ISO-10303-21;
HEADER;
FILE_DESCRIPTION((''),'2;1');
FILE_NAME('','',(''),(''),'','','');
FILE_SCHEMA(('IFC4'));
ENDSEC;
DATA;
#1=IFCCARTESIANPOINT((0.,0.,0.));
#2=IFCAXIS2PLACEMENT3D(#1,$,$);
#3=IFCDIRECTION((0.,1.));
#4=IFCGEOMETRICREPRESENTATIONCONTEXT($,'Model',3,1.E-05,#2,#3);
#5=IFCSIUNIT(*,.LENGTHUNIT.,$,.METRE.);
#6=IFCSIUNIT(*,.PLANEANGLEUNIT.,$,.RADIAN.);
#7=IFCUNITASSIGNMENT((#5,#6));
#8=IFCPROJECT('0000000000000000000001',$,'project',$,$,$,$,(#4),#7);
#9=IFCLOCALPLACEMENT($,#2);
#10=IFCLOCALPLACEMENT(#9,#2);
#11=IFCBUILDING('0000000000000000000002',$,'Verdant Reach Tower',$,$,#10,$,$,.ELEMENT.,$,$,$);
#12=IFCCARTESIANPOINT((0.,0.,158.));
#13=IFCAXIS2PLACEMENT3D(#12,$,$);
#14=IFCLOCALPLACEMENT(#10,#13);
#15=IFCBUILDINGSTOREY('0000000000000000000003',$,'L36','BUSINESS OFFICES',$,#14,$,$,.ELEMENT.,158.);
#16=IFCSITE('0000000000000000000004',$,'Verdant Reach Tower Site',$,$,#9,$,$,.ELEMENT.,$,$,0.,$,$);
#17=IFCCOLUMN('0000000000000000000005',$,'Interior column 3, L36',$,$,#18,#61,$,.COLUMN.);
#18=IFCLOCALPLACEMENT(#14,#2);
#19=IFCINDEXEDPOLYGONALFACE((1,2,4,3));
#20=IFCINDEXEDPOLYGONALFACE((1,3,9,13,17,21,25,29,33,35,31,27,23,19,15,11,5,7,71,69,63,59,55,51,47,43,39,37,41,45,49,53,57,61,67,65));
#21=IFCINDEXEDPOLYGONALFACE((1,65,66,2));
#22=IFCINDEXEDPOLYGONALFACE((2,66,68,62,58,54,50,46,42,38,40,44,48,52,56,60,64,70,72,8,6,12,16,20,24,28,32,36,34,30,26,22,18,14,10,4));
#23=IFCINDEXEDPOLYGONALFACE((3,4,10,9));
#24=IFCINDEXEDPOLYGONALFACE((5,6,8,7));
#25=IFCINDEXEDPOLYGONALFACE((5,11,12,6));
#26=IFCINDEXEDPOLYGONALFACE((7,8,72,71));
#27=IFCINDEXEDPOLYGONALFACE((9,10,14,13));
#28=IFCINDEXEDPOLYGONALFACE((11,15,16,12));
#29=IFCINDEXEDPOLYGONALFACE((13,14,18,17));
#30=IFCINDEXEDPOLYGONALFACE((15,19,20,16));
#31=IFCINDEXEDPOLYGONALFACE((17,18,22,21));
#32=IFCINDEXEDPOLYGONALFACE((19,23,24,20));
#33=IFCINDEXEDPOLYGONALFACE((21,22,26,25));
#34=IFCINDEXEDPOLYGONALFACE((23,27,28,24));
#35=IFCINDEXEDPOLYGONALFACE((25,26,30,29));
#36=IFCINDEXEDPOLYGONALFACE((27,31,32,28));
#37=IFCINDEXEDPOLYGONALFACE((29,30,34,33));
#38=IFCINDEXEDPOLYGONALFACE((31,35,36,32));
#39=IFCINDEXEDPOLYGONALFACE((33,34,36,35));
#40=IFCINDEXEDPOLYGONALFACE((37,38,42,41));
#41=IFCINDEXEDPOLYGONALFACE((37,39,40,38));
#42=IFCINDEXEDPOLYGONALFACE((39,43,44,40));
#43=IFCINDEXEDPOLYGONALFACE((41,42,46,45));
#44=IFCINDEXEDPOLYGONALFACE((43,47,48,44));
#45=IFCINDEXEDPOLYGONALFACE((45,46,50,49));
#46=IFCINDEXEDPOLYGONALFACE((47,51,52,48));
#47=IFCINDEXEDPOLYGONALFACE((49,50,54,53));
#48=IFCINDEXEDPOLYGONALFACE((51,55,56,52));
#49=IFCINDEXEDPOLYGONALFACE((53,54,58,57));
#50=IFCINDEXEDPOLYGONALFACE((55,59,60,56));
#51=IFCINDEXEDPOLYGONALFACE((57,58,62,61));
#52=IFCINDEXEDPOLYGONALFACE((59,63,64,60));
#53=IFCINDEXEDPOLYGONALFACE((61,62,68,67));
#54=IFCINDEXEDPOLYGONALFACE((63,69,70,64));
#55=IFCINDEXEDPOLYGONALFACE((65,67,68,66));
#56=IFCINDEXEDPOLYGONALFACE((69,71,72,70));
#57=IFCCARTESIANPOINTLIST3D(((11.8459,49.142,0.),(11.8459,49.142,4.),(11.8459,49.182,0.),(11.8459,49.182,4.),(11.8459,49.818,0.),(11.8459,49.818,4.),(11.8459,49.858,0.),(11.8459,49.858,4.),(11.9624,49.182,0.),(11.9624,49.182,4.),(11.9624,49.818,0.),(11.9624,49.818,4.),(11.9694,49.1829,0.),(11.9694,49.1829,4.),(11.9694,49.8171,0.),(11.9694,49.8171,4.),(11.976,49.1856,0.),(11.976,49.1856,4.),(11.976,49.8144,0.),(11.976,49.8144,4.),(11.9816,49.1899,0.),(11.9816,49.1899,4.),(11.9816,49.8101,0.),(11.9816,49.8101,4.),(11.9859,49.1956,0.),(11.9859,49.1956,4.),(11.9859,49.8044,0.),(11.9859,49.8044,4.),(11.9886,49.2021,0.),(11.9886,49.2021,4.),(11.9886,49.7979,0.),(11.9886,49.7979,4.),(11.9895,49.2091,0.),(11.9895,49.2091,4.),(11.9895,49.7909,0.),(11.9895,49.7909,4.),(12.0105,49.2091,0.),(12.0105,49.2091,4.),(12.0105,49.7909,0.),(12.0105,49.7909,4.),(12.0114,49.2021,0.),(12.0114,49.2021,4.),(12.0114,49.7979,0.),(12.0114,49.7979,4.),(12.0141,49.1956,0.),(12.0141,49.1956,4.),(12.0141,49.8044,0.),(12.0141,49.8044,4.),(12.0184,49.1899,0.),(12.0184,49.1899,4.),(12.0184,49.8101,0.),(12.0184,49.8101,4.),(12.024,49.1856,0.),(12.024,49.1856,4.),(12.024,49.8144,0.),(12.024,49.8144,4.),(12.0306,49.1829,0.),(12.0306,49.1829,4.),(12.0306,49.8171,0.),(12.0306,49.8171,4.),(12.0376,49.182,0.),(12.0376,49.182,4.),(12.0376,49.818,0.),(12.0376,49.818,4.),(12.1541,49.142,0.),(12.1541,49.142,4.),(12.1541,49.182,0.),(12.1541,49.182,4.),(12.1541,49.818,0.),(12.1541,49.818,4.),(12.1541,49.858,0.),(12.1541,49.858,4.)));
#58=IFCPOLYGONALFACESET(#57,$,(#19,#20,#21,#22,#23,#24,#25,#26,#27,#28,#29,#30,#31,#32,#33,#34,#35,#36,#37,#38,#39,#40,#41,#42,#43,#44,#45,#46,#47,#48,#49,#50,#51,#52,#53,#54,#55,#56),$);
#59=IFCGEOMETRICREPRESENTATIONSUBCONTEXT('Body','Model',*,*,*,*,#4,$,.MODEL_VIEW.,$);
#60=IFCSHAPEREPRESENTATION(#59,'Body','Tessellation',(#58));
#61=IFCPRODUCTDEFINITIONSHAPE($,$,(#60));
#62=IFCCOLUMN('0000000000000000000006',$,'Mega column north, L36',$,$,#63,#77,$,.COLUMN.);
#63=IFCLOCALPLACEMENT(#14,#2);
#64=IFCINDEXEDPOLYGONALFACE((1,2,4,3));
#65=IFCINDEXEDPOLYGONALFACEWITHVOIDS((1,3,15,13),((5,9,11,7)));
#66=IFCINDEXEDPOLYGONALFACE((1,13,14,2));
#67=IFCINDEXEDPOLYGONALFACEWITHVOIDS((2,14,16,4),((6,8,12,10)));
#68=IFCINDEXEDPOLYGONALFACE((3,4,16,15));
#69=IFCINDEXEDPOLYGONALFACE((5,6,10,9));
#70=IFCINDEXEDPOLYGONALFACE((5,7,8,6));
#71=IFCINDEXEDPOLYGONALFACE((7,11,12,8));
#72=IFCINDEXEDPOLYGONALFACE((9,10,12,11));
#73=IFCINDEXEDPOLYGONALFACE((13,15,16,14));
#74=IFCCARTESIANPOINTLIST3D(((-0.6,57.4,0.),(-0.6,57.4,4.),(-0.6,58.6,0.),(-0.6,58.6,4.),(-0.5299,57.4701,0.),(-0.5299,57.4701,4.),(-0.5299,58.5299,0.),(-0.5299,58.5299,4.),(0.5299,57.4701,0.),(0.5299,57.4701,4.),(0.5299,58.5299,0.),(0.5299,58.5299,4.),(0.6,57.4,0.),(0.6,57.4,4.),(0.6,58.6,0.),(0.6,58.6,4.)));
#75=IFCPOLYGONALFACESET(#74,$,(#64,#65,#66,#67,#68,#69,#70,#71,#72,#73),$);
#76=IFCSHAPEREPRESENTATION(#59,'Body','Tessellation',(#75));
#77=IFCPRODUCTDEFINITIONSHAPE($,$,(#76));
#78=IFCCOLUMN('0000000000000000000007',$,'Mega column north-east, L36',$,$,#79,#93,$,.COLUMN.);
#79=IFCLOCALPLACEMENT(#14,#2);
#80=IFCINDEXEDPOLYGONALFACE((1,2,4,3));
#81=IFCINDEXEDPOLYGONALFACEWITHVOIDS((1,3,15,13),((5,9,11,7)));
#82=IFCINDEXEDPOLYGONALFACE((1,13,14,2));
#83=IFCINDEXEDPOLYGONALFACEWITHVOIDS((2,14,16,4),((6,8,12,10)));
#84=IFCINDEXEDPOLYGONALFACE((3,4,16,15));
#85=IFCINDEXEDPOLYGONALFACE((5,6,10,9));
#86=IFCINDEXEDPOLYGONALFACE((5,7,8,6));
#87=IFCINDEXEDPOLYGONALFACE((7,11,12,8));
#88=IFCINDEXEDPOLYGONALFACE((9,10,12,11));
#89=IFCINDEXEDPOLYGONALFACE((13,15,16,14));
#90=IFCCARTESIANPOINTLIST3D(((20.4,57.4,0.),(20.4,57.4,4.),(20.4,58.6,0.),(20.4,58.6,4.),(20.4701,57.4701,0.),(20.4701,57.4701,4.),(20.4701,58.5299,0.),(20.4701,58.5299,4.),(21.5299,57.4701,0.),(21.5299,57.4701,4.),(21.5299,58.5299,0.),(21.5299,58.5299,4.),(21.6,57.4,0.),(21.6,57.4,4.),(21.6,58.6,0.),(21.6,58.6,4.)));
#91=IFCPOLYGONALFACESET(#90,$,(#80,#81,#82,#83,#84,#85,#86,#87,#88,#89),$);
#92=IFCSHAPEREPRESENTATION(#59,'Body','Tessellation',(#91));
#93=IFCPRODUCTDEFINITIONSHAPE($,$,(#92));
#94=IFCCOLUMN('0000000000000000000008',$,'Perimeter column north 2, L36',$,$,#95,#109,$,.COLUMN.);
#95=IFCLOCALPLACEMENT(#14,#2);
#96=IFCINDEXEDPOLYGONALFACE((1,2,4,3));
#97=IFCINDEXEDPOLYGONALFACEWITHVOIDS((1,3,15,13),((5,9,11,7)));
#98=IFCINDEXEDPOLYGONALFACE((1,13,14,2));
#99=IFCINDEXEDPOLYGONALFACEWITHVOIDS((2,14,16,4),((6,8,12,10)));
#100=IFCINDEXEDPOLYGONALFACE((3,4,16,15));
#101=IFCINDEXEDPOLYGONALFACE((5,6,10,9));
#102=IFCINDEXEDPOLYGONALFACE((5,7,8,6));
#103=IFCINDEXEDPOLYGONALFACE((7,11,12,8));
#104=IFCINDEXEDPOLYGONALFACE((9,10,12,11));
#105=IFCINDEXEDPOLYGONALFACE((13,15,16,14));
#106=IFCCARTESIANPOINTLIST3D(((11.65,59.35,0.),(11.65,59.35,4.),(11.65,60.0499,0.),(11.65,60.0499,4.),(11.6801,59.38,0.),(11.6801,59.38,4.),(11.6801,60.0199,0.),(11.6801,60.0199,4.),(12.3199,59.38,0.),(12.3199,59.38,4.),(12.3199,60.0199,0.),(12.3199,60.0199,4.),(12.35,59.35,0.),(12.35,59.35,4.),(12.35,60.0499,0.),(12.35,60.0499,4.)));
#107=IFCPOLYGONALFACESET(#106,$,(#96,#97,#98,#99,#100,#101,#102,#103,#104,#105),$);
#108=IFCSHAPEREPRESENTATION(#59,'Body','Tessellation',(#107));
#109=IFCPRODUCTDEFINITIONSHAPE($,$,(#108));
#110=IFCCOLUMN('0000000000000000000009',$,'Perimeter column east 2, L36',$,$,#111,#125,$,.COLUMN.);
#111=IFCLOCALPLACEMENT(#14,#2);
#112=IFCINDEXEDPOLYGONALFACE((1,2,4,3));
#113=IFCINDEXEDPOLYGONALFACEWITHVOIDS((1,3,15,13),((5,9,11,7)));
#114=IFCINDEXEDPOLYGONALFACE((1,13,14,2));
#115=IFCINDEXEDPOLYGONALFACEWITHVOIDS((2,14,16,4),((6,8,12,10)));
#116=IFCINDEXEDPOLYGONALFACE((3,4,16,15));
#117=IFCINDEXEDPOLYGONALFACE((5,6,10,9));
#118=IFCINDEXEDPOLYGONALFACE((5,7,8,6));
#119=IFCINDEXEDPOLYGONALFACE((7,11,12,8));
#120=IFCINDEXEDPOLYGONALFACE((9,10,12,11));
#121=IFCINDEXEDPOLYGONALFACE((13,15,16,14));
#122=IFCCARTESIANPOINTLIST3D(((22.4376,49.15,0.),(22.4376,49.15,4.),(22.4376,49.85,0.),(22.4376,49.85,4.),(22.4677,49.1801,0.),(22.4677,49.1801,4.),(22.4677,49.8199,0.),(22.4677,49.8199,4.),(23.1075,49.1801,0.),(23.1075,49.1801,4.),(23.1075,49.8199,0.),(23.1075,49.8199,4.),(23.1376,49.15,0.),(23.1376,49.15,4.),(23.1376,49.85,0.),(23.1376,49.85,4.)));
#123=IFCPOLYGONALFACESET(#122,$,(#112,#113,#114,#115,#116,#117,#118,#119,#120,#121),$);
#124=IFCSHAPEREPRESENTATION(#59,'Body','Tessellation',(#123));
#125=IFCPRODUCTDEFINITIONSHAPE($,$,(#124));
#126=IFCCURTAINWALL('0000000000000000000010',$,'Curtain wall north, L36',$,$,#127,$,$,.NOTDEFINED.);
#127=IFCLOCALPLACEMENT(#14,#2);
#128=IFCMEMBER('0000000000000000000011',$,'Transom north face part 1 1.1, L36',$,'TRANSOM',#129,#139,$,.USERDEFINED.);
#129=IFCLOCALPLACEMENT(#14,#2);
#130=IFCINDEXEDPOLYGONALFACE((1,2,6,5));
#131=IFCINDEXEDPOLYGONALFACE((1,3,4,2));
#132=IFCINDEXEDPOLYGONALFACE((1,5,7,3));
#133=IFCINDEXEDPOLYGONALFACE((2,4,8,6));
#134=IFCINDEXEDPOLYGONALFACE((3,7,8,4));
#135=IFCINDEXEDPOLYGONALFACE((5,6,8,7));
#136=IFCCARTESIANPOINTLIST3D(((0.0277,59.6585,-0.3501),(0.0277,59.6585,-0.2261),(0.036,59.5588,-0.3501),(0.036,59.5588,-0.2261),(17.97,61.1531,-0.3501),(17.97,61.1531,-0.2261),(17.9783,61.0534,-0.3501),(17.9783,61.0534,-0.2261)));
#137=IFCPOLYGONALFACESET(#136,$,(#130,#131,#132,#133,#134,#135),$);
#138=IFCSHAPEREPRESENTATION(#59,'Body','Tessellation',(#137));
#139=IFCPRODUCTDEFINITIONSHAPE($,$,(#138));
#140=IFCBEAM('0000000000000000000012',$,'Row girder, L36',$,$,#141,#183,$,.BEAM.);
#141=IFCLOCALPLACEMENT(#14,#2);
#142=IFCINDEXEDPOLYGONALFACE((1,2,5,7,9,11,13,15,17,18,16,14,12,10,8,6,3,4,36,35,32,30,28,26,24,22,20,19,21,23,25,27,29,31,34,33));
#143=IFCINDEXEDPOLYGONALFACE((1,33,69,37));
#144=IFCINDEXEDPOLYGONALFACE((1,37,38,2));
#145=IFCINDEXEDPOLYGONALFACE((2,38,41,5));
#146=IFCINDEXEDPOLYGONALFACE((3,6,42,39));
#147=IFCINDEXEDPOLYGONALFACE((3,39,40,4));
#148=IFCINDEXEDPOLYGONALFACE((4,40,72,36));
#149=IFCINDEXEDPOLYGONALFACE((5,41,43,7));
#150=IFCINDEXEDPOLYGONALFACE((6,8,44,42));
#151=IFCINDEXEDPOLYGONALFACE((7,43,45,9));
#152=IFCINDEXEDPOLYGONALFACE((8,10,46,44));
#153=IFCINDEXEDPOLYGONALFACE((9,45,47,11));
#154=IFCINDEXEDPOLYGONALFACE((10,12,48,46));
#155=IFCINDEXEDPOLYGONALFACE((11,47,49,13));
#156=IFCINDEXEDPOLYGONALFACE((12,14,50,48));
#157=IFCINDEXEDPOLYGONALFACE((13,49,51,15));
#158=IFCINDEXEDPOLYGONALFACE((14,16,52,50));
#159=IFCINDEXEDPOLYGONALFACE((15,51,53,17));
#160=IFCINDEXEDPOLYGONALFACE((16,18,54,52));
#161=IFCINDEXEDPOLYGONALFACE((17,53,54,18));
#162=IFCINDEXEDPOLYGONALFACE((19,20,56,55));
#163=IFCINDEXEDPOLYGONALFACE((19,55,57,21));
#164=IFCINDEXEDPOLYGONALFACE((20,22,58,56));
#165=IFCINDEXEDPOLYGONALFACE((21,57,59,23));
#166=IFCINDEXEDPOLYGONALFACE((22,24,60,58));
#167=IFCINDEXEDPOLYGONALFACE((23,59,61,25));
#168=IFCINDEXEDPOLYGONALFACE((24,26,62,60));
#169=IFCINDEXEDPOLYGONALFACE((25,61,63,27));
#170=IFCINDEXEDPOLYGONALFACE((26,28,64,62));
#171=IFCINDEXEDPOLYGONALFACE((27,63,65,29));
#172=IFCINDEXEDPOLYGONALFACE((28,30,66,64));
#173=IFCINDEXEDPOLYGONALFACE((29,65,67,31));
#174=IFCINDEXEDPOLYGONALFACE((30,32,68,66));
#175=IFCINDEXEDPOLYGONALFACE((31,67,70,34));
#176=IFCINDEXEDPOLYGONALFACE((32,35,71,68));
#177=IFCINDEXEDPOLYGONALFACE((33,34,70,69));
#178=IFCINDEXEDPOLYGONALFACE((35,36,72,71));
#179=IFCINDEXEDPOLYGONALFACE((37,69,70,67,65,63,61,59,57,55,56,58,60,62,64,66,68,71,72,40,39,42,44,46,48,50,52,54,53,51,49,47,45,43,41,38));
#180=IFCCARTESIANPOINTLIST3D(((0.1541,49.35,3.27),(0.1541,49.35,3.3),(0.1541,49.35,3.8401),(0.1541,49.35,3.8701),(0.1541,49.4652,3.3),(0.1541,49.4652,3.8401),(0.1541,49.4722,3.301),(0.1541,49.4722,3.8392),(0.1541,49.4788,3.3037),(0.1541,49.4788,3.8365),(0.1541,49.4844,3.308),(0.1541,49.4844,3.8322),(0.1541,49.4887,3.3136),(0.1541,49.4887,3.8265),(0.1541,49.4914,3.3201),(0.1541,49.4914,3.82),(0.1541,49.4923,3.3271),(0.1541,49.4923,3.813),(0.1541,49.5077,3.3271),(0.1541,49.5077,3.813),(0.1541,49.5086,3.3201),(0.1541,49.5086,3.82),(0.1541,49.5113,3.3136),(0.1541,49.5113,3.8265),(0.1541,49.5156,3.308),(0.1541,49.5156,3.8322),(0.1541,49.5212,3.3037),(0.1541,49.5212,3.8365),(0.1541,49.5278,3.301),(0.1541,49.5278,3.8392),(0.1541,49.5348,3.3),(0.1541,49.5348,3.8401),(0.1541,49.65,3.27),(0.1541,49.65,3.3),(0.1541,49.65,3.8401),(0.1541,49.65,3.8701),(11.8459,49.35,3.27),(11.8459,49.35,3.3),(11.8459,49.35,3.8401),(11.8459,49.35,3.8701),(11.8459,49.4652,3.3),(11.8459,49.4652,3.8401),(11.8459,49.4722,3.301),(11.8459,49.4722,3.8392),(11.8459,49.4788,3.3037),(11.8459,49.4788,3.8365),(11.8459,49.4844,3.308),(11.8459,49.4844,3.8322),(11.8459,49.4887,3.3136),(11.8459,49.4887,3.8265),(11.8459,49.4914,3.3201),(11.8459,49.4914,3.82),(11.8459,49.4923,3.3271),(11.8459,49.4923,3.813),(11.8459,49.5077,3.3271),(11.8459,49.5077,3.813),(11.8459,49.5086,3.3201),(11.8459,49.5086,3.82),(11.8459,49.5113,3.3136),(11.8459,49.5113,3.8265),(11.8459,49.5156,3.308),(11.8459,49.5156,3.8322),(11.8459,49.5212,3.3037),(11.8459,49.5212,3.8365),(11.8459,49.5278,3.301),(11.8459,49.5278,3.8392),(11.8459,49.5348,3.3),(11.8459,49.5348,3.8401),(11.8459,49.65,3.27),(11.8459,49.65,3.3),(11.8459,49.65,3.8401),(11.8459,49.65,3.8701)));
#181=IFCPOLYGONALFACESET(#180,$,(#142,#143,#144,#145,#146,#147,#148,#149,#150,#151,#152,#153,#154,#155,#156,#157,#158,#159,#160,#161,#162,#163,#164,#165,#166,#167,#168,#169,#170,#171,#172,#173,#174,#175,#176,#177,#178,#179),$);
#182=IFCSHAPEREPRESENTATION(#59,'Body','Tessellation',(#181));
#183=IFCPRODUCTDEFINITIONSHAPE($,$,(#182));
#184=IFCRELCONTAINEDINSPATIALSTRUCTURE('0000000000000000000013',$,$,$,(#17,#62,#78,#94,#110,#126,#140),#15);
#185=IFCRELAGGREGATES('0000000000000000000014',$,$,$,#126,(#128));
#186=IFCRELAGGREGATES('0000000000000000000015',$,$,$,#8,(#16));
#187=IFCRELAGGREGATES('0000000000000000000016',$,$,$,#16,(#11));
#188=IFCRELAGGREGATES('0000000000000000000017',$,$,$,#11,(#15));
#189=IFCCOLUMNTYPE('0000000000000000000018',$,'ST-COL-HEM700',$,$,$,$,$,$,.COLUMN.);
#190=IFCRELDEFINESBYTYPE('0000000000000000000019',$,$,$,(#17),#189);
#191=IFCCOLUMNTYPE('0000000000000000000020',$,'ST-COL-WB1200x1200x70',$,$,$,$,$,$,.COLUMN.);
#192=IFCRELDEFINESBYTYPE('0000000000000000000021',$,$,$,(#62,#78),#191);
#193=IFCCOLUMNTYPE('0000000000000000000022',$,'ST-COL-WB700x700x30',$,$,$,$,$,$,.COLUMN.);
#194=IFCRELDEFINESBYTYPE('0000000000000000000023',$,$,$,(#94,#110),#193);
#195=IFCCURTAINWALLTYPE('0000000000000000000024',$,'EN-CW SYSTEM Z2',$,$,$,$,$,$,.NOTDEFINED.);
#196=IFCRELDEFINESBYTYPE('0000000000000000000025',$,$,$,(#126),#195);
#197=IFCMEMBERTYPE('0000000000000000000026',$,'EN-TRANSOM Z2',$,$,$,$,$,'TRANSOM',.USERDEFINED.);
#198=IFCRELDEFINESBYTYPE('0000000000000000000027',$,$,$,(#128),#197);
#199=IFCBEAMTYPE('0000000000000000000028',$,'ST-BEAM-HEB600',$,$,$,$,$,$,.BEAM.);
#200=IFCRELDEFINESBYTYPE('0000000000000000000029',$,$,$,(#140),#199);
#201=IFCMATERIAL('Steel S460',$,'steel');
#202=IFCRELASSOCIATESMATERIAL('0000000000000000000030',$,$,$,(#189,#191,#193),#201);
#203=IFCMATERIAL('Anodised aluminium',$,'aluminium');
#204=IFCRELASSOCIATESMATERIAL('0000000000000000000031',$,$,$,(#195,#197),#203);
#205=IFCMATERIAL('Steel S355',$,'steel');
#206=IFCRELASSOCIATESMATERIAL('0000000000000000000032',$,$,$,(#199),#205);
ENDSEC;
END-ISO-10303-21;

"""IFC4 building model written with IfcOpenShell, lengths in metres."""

from ifc_helpers import new_model, si_unit, direction, frame, origin, origin_2d, place, context, subcontext, project, spatial, rectangle, hollow_rectangle, i_section, extrude, material, material_profile, profile_set, type_object, element, aggregate, save


model = new_model("IFC4")

# Units and contexts
model_context = context("Model", 3, precision=1e-05, world=origin(), true_north=direction((0.0, 1.0)))
body_context = subcontext(model_context, "Body", "Model", "MODEL_VIEW")
ifc_project = project(units=[si_unit("LENGTHUNIT", "METRE"), si_unit("PLANEANGLEUNIT", "RADIAN")], contexts=[model_context])

# Site, building, storey
site_placement = place(None, origin())
site = spatial("IfcSite", under=ifc_project, at=site_placement, Name="Verdant Reach Tower Site", CompositionType="ELEMENT", RefElevation=0.0)
building_placement = place(site_placement, origin())
building = spatial("IfcBuilding", under=site, at=building_placement, Name="Verdant Reach Tower", CompositionType="ELEMENT")
storey_placement = place(building_placement, frame((0.0, 0.0, 158.0)))
storey = spatial("IfcBuildingStorey", under=building, at=storey_placement, Name="L36", Description="BUSINESS OFFICES", CompositionType="ELEMENT", Elevation=158.0)

# Columns
ifc_material_1 = material(Name="Steel S460", Category="steel")
ifc_material_profile_1 = material_profile(ifc_material_1, i_section(OverallWidth=0.3081, OverallDepth=0.7161, WebThickness=0.021, FlangeThickness=0.04, FilletRadius=0.0271, at=origin_2d()), Name="HEM 700")
ifc_profile_set_1 = profile_set([ifc_material_profile_1], Name="Steel S460")
column_type_1 = type_object("IfcColumnType", Name="ST-COL-HEM700", PredefinedType="COLUMN", material=ifc_profile_set_1)
column_placement = place(storey_placement, frame((12.0, 49.5, 0.0), z_axis=(0.0, 0.0, 1.0), x_axis=(1.0, 0.0, 0.0)))
element("IfcColumn", 1, at=column_placement, inside=storey, type_object=column_type_1, Name="Interior column 3, L36", PredefinedType="COLUMN", context=body_context, shape_type="SweptSolid", body=[
    extrude(i_section(OverallWidth=0.3081, OverallDepth=0.7161, WebThickness=0.021, FlangeThickness=0.04, FilletRadius=0.0271, at=origin_2d()), origin(), (0.0, 0.0, 1.0), 4.0),
])
ifc_material_profile_2 = material_profile(ifc_material_1, hollow_rectangle(XDim=1.2, YDim=1.2, WallThickness=0.0701, at=origin_2d()), Name="WB 1200x1200x70")
ifc_profile_set_2 = profile_set([ifc_material_profile_2], Name="Steel S460")
column_type_2 = type_object("IfcColumnType", Name="ST-COL-WB1200x1200x70", PredefinedType="COLUMN", material=ifc_profile_set_2)
for number, where, z_axis, x_axis, name in (
    (2, (0.0, 58.0, 0.0), (0.0, 0.0, 1.0), (1.0, 0.0, 0.0), "Mega column north, L36"),
    (3, (21.0, 58.0, 0.0), (0.0, 0.0, 1.0), (1.0, 0.0, 0.0), "Mega column north-east, L36"),
):
    element("IfcColumn", number, at=place(storey_placement, frame(where, z_axis=z_axis, x_axis=x_axis)), inside=storey, type_object=column_type_2, Name=name, PredefinedType="COLUMN", context=body_context, shape_type="SweptSolid", body=[
        extrude(hollow_rectangle(XDim=1.2, YDim=1.2, WallThickness=0.0701, at=origin_2d()), origin(), (0.0, 0.0, 1.0), 4.0),
    ])
ifc_material_profile_3 = material_profile(ifc_material_1, hollow_rectangle(XDim=0.7, YDim=0.7, WallThickness=0.03, at=origin_2d()), Name="WB 700x700x30")
ifc_profile_set_3 = profile_set([ifc_material_profile_3], Name="Steel S460")
column_type_3 = type_object("IfcColumnType", Name="ST-COL-WB700x700x30", PredefinedType="COLUMN", material=ifc_profile_set_3)
for number, where, z_axis, x_axis, name in (
    (4, (12.0, 59.7, 0.0), (0.0, 0.0, 1.0), (1.0, 0.0, 0.0), "Perimeter column north 2, L36"),
    (5, (22.7876, 49.5, 0.0), (0.0, 0.0, 1.0), (1.0, 0.0, 0.0), "Perimeter column east 2, L36"),
):
    element("IfcColumn", number, at=place(storey_placement, frame(where, z_axis=z_axis, x_axis=x_axis)), inside=storey, type_object=column_type_3, Name=name, PredefinedType="COLUMN", context=body_context, shape_type="SweptSolid", body=[
        extrude(hollow_rectangle(XDim=0.7, YDim=0.7, WallThickness=0.03, at=origin_2d()), origin(), (0.0, 0.0, 1.0), 4.0),
    ])

# Curtain wall, member
ifc_material_2 = material(Name="Anodised aluminium", Category="aluminium")
curtain_wall_type = type_object("IfcCurtainWallType", Name="EN-CW SYSTEM Z2", PredefinedType="NOTDEFINED", material=ifc_material_2)
curtain_wall_1_placement = place(storey_placement, origin())
curtain_wall_1 = element("IfcCurtainWall", 6, at=curtain_wall_1_placement, inside=storey, type_object=curtain_wall_type, Name="Curtain wall north, L36", PredefinedType="NOTDEFINED")
ifc_material_profile_4 = material_profile(ifc_material_2, rectangle(XDim=0.1001, YDim=0.124, at=origin_2d()), Name="Transom 124x100")
ifc_profile_set_4 = profile_set([ifc_material_profile_4], Name="Anodised aluminium")
member_type = type_object("IfcMemberType", Name="EN-TRANSOM Z2", ElementType="TRANSOM", PredefinedType="USERDEFINED", material=ifc_profile_set_4)
member_placement = place(storey_placement, frame((17.9741, 61.1033, -0.2881), z_axis=(-0.996548, -0.083015, 0.0), x_axis=(0.083015, -0.996548, 0.0)))
member = element("IfcMember", 7, at=member_placement, type_object=member_type, Name="Transom north face part 1 1.1, L36", ObjectType="TRANSOM", PredefinedType="USERDEFINED", context=body_context, shape_type="SweptSolid", body=[
    extrude(rectangle(XDim=0.1001, YDim=0.124, at=origin_2d()), origin(), (0.0, 0.0, 1.0), 18.0044),
])

# Beam
ifc_material_3 = material(Name="Steel S355", Category="steel")
ifc_material_profile_5 = material_profile(ifc_material_3, i_section(OverallWidth=0.3, OverallDepth=0.6001, WebThickness=0.0154, FlangeThickness=0.03, FilletRadius=0.0271, at=origin_2d()), Name="HEB 600")
ifc_profile_set_5 = profile_set([ifc_material_profile_5], Name="Steel S355")
beam_type_1 = type_object("IfcBeamType", Name="ST-BEAM-HEB600", PredefinedType="BEAM", material=ifc_profile_set_5)
beam_1_placement = place(storey_placement, frame((0.1541, 49.5, 3.5701), z_axis=(1.0, 0.0, 0.0), x_axis=(0.0, 1.0, 0.0)))
element("IfcBeam", 8, at=beam_1_placement, inside=storey, type_object=beam_type_1, Name="Row girder, L36", PredefinedType="BEAM", context=body_context, shape_type="SweptSolid", body=[
    extrude(i_section(OverallWidth=0.3, OverallDepth=0.6001, WebThickness=0.0154, FlangeThickness=0.03, FilletRadius=0.0271, at=origin_2d()), origin(), (0.0, 0.0, 1.0), 11.6919),
])

aggregate(curtain_wall_1, [member])

save(model, "model.ifc")
